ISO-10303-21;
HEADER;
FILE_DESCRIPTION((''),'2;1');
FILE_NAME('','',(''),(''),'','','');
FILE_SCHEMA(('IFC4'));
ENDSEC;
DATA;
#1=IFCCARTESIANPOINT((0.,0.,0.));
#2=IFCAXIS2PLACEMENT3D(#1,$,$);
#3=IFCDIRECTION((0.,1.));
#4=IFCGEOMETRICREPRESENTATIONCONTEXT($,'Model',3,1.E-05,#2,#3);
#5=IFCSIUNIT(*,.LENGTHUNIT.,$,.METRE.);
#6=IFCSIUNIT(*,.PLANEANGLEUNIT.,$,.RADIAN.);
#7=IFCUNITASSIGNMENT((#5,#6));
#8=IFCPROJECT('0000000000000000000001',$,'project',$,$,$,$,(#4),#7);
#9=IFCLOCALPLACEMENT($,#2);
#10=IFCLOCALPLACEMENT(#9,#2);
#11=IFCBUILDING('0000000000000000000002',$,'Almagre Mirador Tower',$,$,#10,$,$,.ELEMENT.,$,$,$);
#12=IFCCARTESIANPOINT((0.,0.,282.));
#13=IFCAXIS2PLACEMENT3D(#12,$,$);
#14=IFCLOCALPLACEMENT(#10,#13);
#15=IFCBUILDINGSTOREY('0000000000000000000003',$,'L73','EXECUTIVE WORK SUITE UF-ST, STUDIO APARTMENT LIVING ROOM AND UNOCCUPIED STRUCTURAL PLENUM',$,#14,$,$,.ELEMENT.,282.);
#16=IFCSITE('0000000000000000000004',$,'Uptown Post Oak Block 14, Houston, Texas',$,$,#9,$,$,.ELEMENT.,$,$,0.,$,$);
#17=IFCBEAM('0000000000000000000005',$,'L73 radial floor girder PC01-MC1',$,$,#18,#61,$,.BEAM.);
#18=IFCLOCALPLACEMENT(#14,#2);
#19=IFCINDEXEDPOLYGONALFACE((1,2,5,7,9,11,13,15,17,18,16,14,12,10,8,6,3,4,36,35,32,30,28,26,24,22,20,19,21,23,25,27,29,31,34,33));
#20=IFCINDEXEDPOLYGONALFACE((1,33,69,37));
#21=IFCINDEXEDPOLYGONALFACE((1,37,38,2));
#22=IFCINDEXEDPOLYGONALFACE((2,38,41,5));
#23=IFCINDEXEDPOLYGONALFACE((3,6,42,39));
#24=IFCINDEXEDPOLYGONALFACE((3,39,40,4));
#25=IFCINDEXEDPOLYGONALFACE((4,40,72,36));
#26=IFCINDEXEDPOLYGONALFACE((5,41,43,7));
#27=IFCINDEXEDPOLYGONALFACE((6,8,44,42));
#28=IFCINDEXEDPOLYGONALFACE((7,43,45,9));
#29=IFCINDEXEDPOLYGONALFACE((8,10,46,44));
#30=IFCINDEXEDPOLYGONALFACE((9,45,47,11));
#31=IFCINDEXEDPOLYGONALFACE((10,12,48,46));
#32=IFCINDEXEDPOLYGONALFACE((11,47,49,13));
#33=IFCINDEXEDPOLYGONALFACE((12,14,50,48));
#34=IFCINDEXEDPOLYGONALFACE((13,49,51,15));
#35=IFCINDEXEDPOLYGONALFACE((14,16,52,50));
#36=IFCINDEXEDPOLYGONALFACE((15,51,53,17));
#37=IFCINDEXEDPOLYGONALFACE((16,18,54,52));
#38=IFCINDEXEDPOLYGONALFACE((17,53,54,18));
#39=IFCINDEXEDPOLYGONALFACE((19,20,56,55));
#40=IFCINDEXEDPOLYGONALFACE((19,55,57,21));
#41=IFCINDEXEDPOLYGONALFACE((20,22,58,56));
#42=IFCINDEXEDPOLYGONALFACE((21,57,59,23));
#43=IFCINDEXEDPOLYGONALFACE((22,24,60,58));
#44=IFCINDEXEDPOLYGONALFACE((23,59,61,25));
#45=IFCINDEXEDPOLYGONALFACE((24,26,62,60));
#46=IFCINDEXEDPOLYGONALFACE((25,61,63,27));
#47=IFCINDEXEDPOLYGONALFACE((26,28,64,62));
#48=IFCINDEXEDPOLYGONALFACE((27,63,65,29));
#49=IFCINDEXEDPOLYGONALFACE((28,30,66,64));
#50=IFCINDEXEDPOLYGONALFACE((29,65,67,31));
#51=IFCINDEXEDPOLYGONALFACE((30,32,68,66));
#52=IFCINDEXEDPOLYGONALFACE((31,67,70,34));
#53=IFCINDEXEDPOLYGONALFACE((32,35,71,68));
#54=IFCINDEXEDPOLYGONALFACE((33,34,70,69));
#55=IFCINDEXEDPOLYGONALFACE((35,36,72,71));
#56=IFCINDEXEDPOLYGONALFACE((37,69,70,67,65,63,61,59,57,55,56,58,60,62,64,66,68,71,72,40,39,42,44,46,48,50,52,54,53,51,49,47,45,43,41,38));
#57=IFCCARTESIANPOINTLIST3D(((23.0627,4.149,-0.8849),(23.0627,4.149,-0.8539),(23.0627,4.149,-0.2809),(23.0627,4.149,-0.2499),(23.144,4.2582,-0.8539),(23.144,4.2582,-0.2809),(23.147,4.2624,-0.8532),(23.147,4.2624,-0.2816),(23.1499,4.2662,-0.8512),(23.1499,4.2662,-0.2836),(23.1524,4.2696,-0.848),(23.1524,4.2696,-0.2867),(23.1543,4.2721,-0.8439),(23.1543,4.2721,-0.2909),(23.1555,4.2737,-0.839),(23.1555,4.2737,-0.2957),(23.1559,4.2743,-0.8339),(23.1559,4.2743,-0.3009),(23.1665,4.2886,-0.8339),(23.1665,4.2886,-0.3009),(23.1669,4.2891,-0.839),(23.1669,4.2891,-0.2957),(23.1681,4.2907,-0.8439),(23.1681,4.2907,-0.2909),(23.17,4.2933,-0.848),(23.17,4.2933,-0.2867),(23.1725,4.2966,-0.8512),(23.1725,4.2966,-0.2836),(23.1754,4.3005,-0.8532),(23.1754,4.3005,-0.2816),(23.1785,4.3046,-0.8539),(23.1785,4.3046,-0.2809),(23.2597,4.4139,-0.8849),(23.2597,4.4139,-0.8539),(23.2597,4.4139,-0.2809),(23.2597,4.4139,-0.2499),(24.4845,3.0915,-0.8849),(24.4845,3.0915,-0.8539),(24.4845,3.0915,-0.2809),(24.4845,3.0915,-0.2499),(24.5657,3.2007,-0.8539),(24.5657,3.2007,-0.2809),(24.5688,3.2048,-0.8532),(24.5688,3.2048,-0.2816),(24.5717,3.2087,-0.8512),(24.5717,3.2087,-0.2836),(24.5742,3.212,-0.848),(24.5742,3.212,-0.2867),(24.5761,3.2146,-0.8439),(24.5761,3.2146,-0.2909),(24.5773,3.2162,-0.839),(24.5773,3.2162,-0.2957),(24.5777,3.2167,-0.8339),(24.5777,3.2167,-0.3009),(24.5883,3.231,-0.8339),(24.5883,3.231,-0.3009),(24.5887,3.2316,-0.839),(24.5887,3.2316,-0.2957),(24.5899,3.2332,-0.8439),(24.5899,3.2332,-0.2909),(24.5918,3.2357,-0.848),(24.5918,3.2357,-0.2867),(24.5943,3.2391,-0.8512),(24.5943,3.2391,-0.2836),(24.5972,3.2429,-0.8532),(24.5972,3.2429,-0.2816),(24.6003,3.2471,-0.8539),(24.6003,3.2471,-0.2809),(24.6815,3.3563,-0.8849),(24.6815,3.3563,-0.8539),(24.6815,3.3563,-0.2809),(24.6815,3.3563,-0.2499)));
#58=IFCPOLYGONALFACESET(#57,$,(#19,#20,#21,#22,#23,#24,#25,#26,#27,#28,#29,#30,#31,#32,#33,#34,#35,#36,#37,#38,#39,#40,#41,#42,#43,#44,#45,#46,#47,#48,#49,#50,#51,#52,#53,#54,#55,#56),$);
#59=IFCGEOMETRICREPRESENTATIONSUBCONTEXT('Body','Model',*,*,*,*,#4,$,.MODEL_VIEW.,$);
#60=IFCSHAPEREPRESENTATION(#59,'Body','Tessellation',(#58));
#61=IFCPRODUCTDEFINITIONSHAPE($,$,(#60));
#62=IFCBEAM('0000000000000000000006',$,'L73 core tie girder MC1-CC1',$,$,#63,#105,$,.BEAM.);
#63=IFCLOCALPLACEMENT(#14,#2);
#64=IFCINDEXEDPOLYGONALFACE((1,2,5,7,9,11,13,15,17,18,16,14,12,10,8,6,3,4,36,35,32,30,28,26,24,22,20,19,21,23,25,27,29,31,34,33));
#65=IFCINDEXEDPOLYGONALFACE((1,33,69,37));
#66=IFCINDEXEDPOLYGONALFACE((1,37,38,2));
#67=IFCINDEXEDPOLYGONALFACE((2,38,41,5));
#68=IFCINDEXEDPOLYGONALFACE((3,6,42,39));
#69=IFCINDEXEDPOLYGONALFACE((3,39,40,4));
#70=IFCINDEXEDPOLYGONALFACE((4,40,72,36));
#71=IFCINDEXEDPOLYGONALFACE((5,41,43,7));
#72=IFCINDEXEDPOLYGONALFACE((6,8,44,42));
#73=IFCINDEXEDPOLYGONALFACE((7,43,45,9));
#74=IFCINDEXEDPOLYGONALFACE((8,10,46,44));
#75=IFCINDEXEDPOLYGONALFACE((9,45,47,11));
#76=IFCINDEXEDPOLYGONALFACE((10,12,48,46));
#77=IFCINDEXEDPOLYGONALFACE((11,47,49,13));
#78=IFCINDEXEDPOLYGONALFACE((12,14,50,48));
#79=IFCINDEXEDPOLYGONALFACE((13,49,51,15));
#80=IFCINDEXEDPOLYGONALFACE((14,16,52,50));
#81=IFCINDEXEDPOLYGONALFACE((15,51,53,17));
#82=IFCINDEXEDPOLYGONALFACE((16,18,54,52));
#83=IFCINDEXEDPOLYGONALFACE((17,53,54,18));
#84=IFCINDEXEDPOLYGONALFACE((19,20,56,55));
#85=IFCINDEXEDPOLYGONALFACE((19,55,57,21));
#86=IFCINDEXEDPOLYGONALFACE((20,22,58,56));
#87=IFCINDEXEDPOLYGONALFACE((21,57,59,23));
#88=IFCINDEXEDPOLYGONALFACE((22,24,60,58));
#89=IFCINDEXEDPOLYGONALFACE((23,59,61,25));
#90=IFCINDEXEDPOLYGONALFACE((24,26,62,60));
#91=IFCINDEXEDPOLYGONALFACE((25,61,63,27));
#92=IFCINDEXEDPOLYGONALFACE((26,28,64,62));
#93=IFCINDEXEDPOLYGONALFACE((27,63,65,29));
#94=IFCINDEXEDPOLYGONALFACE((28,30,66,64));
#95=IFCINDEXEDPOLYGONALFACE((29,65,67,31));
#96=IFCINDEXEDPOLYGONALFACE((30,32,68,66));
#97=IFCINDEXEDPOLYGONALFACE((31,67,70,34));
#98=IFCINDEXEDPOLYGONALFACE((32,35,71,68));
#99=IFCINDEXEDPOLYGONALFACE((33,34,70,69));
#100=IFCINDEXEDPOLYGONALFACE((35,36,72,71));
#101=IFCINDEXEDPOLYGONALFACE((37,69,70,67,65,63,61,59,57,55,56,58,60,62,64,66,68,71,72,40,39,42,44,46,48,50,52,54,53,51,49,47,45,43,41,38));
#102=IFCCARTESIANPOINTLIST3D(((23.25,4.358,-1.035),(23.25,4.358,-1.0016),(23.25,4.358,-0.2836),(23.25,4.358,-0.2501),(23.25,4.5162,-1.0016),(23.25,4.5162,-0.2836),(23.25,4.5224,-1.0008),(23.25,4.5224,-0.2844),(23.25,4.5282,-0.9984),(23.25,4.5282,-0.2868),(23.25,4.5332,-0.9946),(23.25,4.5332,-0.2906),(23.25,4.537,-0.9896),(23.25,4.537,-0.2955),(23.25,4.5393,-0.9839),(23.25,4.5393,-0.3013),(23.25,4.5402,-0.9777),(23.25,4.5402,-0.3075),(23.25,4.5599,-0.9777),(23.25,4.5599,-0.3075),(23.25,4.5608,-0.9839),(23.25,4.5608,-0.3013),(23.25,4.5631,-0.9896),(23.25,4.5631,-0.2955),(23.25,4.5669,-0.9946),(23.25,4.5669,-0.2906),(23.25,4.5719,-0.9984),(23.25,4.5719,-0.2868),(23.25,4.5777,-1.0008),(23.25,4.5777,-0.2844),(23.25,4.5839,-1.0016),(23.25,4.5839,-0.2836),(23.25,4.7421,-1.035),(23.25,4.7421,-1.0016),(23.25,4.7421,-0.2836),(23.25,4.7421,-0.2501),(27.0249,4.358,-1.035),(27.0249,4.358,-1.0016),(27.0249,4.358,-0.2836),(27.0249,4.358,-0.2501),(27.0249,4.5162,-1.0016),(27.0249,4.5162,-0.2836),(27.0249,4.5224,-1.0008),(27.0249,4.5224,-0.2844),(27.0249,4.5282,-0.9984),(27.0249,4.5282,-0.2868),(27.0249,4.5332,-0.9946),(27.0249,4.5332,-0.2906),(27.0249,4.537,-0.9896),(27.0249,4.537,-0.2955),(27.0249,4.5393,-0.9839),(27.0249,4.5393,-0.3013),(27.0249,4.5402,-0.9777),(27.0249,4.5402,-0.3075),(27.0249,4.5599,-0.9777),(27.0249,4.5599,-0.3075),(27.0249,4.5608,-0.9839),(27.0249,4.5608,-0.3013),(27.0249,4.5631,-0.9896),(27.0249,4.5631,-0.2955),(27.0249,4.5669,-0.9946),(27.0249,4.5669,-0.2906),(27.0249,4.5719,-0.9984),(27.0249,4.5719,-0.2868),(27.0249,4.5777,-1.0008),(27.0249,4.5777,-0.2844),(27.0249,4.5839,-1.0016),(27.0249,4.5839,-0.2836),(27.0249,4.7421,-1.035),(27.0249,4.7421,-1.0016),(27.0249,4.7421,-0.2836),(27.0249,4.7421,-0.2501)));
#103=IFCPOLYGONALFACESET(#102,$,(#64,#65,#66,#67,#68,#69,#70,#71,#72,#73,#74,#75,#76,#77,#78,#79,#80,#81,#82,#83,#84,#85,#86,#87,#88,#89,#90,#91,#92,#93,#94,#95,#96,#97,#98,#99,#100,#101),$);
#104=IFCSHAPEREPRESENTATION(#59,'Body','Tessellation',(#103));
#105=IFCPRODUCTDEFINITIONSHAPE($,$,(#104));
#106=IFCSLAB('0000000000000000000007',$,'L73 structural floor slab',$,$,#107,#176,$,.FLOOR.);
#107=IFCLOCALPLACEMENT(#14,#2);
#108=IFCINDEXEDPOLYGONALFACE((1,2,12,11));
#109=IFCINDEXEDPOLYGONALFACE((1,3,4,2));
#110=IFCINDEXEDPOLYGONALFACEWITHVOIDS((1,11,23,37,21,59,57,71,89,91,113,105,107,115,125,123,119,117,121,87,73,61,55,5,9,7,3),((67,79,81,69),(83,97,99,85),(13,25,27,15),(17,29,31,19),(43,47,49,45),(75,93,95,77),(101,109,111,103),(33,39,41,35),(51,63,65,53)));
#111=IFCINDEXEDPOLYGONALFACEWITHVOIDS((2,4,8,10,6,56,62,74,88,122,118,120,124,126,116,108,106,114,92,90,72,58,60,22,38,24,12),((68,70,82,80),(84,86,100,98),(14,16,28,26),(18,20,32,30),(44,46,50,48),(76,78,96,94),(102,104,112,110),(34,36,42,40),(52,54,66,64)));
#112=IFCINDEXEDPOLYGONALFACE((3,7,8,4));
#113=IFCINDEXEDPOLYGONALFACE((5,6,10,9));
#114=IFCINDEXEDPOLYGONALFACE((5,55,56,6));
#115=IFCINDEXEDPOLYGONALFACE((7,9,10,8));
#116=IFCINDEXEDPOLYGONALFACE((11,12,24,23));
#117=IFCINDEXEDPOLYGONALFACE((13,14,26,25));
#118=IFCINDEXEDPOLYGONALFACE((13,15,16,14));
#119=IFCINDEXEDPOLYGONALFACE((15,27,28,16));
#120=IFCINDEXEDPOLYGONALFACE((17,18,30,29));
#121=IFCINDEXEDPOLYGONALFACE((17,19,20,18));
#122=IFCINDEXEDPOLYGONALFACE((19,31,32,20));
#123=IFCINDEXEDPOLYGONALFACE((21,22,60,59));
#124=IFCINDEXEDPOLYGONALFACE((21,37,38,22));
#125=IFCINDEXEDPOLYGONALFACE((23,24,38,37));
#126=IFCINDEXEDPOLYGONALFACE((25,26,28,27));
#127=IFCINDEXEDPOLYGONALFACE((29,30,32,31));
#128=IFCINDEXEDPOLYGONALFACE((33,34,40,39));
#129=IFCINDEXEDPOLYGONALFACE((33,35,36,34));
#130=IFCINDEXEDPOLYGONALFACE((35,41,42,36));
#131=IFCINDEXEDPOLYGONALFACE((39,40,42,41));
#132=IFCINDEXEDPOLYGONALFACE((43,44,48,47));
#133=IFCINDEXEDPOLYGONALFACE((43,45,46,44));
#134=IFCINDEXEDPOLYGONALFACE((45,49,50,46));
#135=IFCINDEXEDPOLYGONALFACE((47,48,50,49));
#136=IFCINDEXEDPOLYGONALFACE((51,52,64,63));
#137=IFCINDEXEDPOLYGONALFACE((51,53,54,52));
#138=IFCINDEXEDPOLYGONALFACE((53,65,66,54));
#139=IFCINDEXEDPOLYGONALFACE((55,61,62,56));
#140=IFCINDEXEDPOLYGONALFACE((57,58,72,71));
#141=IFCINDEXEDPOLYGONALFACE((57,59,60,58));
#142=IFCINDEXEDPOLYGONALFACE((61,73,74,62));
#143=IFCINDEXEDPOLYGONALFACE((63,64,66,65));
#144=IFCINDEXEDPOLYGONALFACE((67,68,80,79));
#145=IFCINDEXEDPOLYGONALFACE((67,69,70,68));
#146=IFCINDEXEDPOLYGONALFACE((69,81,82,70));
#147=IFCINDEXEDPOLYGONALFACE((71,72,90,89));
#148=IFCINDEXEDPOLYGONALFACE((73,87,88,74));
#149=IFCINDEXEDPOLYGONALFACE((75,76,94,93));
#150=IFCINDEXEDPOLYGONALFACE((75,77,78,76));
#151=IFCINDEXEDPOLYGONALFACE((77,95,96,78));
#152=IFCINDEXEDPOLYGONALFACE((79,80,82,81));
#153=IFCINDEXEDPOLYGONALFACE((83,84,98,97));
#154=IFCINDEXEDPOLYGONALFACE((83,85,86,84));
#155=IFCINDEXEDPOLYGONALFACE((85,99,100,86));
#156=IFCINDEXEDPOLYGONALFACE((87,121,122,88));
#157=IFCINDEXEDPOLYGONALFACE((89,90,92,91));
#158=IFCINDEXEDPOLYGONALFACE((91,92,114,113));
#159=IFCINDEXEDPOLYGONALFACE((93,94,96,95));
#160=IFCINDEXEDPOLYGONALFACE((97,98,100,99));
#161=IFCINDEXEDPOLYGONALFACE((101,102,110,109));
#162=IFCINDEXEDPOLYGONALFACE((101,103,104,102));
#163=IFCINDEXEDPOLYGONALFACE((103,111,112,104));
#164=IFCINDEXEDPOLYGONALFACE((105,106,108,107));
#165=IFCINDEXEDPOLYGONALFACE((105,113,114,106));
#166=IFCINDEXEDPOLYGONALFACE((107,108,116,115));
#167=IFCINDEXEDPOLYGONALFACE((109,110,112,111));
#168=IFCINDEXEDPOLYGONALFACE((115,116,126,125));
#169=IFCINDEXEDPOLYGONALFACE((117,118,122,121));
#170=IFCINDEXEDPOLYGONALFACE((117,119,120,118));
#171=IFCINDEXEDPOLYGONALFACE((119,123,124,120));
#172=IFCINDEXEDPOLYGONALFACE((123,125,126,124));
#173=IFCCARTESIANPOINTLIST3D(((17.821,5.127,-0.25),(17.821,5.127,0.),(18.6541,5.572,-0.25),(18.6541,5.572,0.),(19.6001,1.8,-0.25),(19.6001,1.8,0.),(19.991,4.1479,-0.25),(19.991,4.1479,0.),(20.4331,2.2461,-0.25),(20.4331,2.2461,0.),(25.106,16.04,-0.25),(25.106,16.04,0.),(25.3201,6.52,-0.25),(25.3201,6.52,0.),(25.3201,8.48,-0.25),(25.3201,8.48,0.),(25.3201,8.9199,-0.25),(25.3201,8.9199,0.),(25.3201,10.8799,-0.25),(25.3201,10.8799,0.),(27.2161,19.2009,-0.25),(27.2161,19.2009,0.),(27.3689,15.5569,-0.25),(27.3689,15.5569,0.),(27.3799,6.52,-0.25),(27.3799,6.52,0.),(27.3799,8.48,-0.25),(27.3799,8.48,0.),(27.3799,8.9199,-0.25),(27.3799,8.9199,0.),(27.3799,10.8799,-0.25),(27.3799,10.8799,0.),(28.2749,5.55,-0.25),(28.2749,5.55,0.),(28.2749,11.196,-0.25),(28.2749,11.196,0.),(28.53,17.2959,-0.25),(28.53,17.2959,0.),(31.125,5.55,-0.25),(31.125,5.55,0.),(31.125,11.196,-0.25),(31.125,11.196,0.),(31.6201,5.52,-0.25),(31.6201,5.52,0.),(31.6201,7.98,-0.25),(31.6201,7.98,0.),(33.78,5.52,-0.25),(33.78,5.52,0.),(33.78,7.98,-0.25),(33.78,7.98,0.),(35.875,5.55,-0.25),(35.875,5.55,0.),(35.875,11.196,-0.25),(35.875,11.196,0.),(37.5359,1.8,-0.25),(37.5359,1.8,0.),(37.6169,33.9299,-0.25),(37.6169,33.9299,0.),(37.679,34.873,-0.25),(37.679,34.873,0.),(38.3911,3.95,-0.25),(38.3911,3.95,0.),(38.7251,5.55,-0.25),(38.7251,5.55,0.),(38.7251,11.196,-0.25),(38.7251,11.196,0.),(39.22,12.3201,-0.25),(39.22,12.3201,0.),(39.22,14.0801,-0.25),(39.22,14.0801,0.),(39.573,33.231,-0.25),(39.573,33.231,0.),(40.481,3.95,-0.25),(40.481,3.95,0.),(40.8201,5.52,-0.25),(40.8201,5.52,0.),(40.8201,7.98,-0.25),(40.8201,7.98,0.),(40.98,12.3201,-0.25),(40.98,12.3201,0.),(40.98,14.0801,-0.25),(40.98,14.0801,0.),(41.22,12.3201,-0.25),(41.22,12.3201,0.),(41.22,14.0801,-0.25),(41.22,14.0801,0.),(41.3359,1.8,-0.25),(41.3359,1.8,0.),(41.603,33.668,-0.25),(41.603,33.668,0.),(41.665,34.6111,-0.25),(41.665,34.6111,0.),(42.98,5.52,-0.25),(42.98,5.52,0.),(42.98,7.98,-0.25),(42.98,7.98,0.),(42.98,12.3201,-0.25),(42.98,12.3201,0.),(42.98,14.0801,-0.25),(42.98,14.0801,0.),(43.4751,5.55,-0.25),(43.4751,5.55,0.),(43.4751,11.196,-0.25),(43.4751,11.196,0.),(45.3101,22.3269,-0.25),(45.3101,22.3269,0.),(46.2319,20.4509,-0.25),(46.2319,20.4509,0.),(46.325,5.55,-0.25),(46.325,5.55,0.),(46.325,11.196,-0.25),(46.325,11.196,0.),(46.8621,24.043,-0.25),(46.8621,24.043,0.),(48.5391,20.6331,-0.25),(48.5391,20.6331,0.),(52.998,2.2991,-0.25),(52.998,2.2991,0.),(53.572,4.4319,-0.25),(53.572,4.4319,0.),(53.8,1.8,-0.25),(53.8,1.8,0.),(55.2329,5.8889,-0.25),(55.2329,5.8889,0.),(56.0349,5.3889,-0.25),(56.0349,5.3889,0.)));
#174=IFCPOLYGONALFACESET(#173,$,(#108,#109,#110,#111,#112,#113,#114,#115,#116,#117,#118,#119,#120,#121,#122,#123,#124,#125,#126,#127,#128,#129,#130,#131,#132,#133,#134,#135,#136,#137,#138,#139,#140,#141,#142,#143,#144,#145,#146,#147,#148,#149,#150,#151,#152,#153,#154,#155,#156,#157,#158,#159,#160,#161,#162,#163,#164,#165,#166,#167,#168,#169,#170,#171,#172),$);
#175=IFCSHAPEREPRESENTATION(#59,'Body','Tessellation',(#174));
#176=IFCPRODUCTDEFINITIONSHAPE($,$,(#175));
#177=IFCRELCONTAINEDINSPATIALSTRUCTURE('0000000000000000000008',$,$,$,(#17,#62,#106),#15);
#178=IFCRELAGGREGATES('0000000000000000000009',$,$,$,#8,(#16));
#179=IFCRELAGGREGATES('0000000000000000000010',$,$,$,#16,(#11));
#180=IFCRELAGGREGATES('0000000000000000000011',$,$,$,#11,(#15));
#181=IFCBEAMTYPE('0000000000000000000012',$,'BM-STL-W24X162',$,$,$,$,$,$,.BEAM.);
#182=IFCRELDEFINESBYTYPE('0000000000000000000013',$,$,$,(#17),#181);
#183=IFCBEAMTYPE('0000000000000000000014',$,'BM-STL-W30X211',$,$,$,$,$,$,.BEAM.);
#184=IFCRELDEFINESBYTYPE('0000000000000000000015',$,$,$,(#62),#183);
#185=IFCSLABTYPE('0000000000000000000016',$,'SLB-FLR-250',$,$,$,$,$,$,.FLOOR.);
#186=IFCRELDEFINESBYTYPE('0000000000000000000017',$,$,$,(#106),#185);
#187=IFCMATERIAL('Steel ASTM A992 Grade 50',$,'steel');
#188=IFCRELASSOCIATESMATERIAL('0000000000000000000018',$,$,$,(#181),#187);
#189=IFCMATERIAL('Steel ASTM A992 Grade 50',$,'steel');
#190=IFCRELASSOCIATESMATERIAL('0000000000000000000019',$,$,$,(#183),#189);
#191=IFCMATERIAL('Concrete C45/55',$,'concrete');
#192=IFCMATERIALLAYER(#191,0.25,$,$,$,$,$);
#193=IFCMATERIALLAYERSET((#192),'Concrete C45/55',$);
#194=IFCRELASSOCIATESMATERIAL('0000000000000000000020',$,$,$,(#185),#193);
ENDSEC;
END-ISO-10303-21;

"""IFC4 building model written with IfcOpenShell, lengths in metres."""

from ifc_helpers import new_model, si_unit, direction, frame, origin, origin_2d, place, context, subcontext, project, spatial, polyline, i_section, outline, extrude, material, layer, layer_set, material_profile, profile_set, type_object, element, save


model = new_model("IFC4")

# Units and contexts
model_context = context("Model", 3, precision=1e-05, world=origin(), true_north=direction((0.0, 1.0)))
body_context = subcontext(model_context, "Body", "Model", "MODEL_VIEW")
ifc_project = project(units=[si_unit("LENGTHUNIT", "METRE"), si_unit("PLANEANGLEUNIT", "RADIAN")], contexts=[model_context])

# Site, building, storey
site_placement = place(None, origin())
site = spatial("IfcSite", under=ifc_project, at=site_placement, Name="Uptown Post Oak Block 14, Houston, Texas", CompositionType="ELEMENT", RefElevation=0.0)
building_placement = place(site_placement, origin())
building = spatial("IfcBuilding", under=site, at=building_placement, Name="Almagre Mirador Tower", CompositionType="ELEMENT")
storey_placement = place(building_placement, frame((0.0, 0.0, 282.0)))
storey = spatial("IfcBuildingStorey", under=building, at=storey_placement, Name="L73", Description="EXECUTIVE WORK SUITE UF-ST, STUDIO APARTMENT LIVING ROOM AND UNOCCUPIED STRUCTURAL PLENUM", CompositionType="ELEMENT", Elevation=282.0)

# Beams
ifc_material_1 = material(Name="Steel ASTM A992 Grade 50", Category="steel")
ifc_material_profile_1 = material_profile(ifc_material_1, i_section(OverallWidth=0.3301, OverallDepth=0.635, WebThickness=0.0178, FlangeThickness=0.031, FilletRadius=0.02, at=origin_2d()), Name="W24X162")
ifc_profile_set_1 = profile_set([ifc_material_profile_1], Name="Steel ASTM A992 Grade 50")
beam_type_1 = type_object("IfcBeamType", Name="BM-STL-W24X162", PredefinedType="BEAM", material=ifc_profile_set_1)
beam_1_placement = place(storey_placement, frame((24.583, 3.2239, -0.5674), z_axis=(-0.802374, 0.596821, 0.0), x_axis=(-0.596821, -0.802374, 0.0)))
element("IfcBeam", 1, at=beam_1_placement, inside=storey, type_object=beam_type_1, Name="L73 radial floor girder PC01-MC1", PredefinedType="BEAM", context=body_context, shape_type="SweptSolid", body=[
    extrude(i_section(OverallWidth=0.3301, OverallDepth=0.635, WebThickness=0.0178, FlangeThickness=0.031, FilletRadius=0.02, at=origin_2d()), origin(), (0.0, 0.0, 1.0), 1.772),
])
ifc_material_2 = material(Name="Steel ASTM A992 Grade 50", Category="steel")
ifc_material_profile_2 = material_profile(ifc_material_2, i_section(OverallWidth=0.384, OverallDepth=0.7849, WebThickness=0.0198, FlangeThickness=0.0334, FilletRadius=0.0239, at=origin_2d()), Name="W30X211")
ifc_profile_set_2 = profile_set([ifc_material_profile_2], Name="Steel ASTM A992 Grade 50")
beam_type_2 = type_object("IfcBeamType", Name="BM-STL-W30X211", PredefinedType="BEAM", material=ifc_profile_set_2)
beam_2_placement = place(storey_placement, frame((23.25, 4.55, -0.6426), z_axis=(1.0, 0.0, 0.0), x_axis=(0.0, 1.0, 0.0)))
element("IfcBeam", 2, at=beam_2_placement, inside=storey, type_object=beam_type_2, Name="L73 core tie girder MC1-CC1", PredefinedType="BEAM", context=body_context, shape_type="SweptSolid", body=[
    extrude(i_section(OverallWidth=0.384, OverallDepth=0.7849, WebThickness=0.0198, FlangeThickness=0.0334, FilletRadius=0.0239, at=origin_2d()), origin(), (0.0, 0.0, 1.0), 3.7749),
])

# Slab
ifc_material_3 = material(Name="Concrete C45/55", Category="concrete")
ifc_layer_1 = layer(ifc_material_3, 0.25)
ifc_layer_set_1 = layer_set([ifc_layer_1], Name="Concrete C45/55")
slab_type_1 = type_object("IfcSlabType", Name="SLB-FLR-250", PredefinedType="FLOOR", material=ifc_layer_set_1)
slab_1_placement = place(storey_placement, frame((0.0, 0.0, -0.25)))
element("IfcSlab", 3, at=slab_1_placement, inside=storey, type_object=slab_type_1, Name="L73 structural floor slab", PredefinedType="FLOOR", context=body_context, shape_type="SweptSolid", body=[
    extrude(outline(polyline([(17.821, 5.127), (18.6541, 5.572), (19.991, 4.1479), (20.4331, 2.2461), (19.6001, 1.8), (37.5359, 1.8), (38.3911, 3.95), (40.481, 3.95), (41.3359, 1.8), (53.8, 1.8), (52.998, 2.2991), (53.572, 4.4319), (55.2329, 5.8889), (56.0349, 5.3889), (48.5391, 20.6331), (46.2319, 20.4509), (45.3101, 22.3269), (46.8621, 24.043), (41.665, 34.6111), (41.603, 33.668), (39.573, 33.231), (37.6169, 33.9299), (37.679, 34.873), (27.2161, 19.2009), (28.53, 17.2959), (27.3689, 15.5569), (25.106, 16.04), (17.821, 5.127)]), holes=[polyline([(43.4751, 5.55), (43.4751, 11.196), (46.325, 11.196), (46.325, 5.55), (43.4751, 5.55)]), polyline([(41.22, 12.3201), (41.22, 14.0801), (42.98, 14.0801), (42.98, 12.3201), (41.22, 12.3201)]), polyline([(42.98, 5.52), (40.8201, 5.52), (40.8201, 7.98), (42.98, 7.98), (42.98, 5.52)]), polyline([(39.22, 12.3201), (39.22, 14.0801), (40.98, 14.0801), (40.98, 12.3201), (39.22, 12.3201)]), polyline([(35.875, 5.55), (35.875, 11.196), (38.7251, 11.196), (38.7251, 5.55), (35.875, 5.55)]), polyline([(33.78, 5.52), (31.6201, 5.52), (31.6201, 7.98), (33.78, 7.98), (33.78, 5.52)]), polyline([(28.2749, 5.55), (28.2749, 11.196), (31.125, 11.196), (31.125, 5.55), (28.2749, 5.55)]), polyline([(27.3799, 6.52), (25.3201, 6.52), (25.3201, 8.48), (27.3799, 8.48), (27.3799, 6.52)]), polyline([(27.3799, 8.9199), (25.3201, 8.9199), (25.3201, 10.8799), (27.3799, 10.8799), (27.3799, 8.9199)])]), origin(), (0.0, 0.0, 1.0), 0.25),
])

save(model, "model.ifc")
